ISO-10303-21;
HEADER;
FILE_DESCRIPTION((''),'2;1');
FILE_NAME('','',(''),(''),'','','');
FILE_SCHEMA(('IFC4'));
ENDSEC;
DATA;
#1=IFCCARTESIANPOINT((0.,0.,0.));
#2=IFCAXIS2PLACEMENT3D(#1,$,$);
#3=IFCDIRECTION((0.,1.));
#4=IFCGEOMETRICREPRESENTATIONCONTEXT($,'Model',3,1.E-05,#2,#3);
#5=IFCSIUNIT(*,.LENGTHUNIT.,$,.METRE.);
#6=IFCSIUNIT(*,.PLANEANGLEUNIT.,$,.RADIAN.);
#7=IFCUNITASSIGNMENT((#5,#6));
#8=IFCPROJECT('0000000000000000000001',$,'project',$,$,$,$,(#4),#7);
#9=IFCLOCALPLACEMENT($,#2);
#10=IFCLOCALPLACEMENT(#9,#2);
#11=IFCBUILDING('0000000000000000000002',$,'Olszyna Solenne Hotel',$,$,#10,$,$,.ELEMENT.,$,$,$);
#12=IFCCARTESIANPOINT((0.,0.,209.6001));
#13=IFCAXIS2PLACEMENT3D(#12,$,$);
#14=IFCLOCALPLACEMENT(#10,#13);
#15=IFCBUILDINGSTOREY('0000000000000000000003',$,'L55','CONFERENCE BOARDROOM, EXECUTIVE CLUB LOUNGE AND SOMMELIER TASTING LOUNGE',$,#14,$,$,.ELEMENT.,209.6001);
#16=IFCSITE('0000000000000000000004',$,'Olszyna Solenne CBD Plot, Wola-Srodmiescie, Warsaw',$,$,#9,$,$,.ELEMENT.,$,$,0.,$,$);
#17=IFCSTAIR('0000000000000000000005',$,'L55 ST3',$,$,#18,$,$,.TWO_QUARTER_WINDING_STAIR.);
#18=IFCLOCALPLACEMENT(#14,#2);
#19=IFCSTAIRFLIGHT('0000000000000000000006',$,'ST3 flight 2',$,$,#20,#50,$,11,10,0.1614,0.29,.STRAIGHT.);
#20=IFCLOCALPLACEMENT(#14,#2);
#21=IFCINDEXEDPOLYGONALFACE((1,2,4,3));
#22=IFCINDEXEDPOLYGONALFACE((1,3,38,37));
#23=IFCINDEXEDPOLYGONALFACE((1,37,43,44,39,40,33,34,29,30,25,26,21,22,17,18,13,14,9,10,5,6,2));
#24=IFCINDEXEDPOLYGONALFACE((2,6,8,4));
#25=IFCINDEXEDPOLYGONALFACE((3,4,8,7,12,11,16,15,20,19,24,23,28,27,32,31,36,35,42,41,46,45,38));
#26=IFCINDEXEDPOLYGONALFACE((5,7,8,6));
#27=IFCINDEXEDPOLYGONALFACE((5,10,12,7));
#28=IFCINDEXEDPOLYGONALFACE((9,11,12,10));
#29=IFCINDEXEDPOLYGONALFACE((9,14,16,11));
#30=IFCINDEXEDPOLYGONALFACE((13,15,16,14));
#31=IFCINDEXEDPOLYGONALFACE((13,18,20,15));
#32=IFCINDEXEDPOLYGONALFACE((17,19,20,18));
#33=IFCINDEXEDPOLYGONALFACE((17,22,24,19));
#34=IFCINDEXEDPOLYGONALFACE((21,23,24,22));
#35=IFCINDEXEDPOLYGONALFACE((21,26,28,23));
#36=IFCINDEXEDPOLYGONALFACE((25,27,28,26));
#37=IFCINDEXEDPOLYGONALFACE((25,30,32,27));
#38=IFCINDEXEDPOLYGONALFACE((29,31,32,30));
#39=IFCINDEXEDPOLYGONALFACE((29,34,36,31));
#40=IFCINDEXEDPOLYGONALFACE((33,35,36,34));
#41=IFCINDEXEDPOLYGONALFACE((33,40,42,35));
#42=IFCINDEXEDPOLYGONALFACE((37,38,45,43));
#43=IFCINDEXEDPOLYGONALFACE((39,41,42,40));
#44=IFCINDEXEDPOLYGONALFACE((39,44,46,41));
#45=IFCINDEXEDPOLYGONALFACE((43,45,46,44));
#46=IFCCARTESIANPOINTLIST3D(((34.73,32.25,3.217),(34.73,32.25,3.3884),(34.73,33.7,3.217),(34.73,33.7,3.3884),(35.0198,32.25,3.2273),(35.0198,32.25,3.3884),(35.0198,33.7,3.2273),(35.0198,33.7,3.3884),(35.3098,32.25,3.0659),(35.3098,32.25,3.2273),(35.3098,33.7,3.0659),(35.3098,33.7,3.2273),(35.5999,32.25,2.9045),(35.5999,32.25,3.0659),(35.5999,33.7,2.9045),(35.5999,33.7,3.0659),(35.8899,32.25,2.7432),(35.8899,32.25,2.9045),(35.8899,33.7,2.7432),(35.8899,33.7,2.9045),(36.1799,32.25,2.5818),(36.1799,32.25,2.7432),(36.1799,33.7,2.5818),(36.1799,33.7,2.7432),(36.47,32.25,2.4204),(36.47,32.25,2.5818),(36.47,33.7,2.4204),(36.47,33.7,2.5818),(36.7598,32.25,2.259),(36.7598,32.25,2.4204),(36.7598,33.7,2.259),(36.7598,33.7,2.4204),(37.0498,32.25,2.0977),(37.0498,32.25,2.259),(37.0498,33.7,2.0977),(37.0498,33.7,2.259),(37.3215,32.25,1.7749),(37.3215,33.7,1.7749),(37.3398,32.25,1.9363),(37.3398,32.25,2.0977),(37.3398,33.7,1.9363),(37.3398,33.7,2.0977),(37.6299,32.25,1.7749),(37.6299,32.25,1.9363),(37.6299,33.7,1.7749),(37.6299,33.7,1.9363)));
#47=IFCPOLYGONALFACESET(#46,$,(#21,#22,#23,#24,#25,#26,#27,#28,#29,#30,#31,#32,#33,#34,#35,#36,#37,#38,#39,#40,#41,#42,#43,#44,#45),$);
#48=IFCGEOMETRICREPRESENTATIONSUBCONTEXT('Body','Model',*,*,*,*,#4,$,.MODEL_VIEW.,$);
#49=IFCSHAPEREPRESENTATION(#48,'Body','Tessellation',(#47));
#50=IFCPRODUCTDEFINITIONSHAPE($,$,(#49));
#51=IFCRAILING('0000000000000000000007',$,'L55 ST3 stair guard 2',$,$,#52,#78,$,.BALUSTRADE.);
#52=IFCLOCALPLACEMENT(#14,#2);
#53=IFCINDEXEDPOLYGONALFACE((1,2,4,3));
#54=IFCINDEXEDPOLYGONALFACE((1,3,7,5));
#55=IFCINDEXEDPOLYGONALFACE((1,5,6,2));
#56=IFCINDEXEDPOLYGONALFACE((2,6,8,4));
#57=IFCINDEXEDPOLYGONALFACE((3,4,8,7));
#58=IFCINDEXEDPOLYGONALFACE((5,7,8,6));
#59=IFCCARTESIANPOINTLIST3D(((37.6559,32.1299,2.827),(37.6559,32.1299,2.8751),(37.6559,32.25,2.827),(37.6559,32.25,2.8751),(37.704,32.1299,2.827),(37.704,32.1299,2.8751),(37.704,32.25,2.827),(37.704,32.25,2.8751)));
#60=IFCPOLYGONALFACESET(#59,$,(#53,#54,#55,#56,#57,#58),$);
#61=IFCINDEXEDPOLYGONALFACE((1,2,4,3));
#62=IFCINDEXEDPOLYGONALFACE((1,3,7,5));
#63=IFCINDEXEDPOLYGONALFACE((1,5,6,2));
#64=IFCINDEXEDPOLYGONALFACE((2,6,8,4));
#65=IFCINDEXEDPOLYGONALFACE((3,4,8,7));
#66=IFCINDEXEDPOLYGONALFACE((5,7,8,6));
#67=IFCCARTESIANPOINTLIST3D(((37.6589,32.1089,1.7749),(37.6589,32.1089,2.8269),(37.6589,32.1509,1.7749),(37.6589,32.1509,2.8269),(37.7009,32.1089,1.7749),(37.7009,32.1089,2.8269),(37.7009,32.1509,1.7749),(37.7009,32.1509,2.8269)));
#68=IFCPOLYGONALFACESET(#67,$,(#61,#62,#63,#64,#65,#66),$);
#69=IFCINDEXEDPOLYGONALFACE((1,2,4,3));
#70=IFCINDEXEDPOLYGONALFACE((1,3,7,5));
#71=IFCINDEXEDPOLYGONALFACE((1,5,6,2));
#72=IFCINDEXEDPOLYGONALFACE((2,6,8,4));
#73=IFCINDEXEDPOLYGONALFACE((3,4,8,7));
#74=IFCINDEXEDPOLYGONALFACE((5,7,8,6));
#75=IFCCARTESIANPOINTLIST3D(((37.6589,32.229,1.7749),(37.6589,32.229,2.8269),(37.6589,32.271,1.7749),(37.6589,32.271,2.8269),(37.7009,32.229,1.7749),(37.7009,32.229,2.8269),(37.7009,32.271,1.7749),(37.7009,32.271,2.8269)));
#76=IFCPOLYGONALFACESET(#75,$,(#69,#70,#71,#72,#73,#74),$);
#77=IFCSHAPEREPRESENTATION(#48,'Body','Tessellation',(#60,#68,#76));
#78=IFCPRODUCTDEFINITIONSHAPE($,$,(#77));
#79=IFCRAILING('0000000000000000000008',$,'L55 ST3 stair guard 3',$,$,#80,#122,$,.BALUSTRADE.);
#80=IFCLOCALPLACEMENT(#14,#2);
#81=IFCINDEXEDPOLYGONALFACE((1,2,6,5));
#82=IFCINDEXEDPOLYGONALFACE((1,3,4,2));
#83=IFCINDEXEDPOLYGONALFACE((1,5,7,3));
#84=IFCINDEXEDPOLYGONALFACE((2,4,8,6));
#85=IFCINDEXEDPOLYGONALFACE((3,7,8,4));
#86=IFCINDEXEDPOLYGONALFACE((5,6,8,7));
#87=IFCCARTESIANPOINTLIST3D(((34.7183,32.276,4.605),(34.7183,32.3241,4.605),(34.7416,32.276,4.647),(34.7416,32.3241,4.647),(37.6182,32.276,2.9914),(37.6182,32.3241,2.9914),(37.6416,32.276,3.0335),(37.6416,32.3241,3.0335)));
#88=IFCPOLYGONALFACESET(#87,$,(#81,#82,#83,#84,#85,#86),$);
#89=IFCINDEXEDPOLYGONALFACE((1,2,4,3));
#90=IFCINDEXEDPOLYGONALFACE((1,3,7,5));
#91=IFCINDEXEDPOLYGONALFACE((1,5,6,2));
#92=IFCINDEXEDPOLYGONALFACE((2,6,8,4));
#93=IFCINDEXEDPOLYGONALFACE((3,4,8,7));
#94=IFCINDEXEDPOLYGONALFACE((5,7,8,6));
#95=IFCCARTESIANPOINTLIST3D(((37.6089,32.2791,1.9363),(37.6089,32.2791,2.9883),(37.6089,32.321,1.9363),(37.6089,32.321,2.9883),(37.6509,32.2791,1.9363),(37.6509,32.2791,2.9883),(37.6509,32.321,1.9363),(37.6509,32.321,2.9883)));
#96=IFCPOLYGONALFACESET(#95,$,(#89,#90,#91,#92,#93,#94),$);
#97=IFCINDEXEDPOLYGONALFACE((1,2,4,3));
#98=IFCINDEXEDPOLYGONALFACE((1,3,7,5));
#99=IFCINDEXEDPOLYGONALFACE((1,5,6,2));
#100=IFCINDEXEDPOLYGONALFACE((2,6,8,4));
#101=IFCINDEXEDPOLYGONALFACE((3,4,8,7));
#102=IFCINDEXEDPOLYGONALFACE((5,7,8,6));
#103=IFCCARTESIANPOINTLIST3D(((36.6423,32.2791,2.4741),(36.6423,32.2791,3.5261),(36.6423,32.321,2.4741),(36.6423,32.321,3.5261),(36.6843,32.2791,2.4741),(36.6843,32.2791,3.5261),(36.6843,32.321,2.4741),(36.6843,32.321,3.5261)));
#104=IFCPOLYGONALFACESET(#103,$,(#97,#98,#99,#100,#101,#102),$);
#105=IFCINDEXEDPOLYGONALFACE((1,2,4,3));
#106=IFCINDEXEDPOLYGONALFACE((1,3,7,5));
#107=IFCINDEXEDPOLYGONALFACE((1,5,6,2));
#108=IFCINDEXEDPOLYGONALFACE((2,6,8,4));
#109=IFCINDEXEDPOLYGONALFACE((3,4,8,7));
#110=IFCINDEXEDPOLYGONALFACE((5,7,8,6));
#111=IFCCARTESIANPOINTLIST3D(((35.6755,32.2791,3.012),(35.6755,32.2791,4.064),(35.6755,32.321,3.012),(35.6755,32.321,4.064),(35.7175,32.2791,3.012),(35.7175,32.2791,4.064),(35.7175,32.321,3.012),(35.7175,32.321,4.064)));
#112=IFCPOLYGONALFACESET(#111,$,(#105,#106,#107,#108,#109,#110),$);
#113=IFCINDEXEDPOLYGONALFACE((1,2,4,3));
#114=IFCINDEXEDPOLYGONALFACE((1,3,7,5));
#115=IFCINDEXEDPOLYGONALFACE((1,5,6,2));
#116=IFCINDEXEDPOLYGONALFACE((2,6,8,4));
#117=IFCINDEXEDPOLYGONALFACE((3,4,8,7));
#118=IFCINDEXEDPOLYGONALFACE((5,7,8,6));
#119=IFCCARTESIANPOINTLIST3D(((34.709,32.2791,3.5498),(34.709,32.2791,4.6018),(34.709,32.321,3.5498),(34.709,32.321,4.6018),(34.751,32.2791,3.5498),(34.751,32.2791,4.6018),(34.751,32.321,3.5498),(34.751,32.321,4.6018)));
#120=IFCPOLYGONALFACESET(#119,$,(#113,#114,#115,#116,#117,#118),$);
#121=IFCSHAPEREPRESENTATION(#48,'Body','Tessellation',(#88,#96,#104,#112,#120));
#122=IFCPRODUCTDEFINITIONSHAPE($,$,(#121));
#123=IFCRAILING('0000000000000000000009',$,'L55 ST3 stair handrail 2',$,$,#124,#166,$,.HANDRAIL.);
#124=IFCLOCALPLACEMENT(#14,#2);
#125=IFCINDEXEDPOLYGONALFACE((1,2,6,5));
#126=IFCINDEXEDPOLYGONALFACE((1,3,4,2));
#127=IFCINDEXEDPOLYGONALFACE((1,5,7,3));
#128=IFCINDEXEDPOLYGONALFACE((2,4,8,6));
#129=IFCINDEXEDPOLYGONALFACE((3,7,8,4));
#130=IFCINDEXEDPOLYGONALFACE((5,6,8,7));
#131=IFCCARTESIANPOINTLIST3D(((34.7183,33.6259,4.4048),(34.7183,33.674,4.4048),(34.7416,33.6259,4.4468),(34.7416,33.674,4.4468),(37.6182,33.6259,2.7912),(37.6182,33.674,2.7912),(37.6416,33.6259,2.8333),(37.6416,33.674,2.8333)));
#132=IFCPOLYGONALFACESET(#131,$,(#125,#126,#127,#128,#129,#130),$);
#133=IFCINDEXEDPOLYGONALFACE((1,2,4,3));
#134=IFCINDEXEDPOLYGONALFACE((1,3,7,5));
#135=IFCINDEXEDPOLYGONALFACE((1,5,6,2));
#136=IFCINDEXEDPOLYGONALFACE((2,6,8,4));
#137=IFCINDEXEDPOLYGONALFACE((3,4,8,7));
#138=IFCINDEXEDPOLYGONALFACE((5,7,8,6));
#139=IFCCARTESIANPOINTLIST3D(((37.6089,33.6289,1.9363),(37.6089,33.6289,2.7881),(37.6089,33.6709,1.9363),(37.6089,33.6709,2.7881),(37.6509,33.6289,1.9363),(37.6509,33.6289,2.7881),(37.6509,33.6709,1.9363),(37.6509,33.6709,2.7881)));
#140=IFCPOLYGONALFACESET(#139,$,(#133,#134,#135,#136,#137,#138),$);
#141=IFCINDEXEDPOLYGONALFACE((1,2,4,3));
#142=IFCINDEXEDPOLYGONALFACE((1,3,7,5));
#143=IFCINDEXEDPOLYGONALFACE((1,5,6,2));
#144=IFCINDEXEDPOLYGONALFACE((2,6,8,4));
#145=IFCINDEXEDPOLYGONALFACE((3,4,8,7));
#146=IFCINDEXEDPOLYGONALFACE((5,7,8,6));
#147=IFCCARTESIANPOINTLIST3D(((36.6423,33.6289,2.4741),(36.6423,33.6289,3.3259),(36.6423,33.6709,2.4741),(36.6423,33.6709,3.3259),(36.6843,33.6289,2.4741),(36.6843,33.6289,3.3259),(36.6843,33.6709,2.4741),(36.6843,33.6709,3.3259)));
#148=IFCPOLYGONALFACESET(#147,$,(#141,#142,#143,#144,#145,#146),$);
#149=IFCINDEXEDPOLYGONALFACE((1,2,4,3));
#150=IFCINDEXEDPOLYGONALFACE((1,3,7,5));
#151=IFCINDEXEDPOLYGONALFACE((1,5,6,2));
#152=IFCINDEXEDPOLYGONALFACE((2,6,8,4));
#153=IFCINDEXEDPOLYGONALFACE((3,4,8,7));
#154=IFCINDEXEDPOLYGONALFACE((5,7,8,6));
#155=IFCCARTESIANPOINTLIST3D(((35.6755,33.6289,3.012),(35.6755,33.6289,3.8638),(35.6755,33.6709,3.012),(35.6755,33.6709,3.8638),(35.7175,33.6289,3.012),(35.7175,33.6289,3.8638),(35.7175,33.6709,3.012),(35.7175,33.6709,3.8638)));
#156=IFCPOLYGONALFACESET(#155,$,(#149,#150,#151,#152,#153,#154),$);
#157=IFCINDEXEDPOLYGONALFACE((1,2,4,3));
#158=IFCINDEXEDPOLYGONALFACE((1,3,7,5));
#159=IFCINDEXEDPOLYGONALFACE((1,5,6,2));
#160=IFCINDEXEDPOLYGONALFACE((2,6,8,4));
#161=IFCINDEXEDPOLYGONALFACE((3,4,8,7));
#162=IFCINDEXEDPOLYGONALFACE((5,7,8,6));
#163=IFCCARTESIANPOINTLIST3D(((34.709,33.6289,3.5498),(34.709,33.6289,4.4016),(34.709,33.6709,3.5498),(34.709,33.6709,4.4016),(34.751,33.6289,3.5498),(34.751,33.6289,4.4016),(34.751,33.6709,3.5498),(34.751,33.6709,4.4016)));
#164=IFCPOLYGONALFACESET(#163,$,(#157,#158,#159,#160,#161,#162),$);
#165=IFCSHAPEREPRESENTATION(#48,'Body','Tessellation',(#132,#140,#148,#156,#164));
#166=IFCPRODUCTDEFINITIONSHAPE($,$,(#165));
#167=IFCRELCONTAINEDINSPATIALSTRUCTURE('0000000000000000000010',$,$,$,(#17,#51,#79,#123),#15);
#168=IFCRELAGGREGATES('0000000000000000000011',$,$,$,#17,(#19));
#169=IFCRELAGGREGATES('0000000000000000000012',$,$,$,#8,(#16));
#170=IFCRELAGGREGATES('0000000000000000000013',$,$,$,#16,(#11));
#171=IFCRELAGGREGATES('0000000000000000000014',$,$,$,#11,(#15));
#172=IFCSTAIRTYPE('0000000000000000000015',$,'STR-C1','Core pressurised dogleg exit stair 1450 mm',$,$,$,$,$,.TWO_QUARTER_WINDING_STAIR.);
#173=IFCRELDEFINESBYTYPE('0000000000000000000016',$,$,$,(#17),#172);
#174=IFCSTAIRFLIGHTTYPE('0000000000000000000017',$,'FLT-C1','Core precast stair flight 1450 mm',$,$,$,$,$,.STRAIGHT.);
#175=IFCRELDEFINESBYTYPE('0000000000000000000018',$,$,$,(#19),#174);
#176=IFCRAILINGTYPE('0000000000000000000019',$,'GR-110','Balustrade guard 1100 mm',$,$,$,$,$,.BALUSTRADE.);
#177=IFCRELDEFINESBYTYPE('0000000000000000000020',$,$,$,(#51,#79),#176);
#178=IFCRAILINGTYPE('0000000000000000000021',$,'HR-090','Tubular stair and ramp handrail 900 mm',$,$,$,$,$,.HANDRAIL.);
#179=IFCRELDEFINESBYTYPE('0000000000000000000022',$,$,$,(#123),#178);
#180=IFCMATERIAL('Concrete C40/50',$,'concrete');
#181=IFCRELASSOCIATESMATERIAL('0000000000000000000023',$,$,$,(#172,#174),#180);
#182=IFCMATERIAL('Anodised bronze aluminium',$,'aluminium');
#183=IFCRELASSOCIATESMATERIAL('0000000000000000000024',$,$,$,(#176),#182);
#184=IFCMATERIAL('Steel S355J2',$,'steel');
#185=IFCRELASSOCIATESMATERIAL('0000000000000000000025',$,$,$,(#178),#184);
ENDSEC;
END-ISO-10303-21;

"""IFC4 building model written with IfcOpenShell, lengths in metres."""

from ifc_helpers import new_model, si_unit, direction, frame, origin, origin_2d, place, context, subcontext, project, spatial, polyline, rectangle, outline, extrude, material, type_object, element, aggregate, save


model = new_model("IFC4")

# Units and contexts
model_context = context("Model", 3, precision=1e-05, world=origin(), true_north=direction((0.0, 1.0)))
body_context = subcontext(model_context, "Body", "Model", "MODEL_VIEW")
ifc_project = project(units=[si_unit("LENGTHUNIT", "METRE"), si_unit("PLANEANGLEUNIT", "RADIAN")], contexts=[model_context])

# Site, building, storey
site_placement = place(None, origin())
site = spatial("IfcSite", under=ifc_project, at=site_placement, Name="Olszyna Solenne CBD Plot, Wola-Srodmiescie, Warsaw", CompositionType="ELEMENT", RefElevation=0.0)
building_placement = place(site_placement, origin())
building = spatial("IfcBuilding", under=site, at=building_placement, Name="Olszyna Solenne Hotel", CompositionType="ELEMENT")
storey_placement = place(building_placement, frame((0.0, 0.0, 209.6001)))
storey = spatial("IfcBuildingStorey", under=building, at=storey_placement, Name="L55", Description="CONFERENCE BOARDROOM, EXECUTIVE CLUB LOUNGE AND SOMMELIER TASTING LOUNGE", CompositionType="ELEMENT", Elevation=209.6001)

# Shared definitions
ifc_material_1 = material(Name="Steel S355J2", Category="steel")

# Stair, stair flight
ifc_material_2 = material(Name="Concrete C40/50", Category="concrete")
stair_type = type_object("IfcStairType", Name="STR-C1", Description="Core pressurised dogleg exit stair 1450 mm", PredefinedType="TWO_QUARTER_WINDING_STAIR", material=ifc_material_2)
stair_placement = place(storey_placement, origin())
stair = element("IfcStair", 1, at=stair_placement, inside=storey, type_object=stair_type, Name="L55 ST3", PredefinedType="TWO_QUARTER_WINDING_STAIR")
stair_flight_type = type_object("IfcStairFlightType", Name="FLT-C1", Description="Core precast stair flight 1450 mm", PredefinedType="STRAIGHT", material=ifc_material_2)
stair_flight_placement = place(storey_placement, frame((37.6299, 32.9751, 1.7749), z_axis=(0.0, 0.0, 1.0), x_axis=(-1.0, 0.0, 0.0)))
stair_flight = element("IfcStairFlight", 2, at=stair_flight_placement, type_object=stair_flight_type, Name="ST3 flight 2", NumberOfRisers=11, NumberOfTreads=10, PredefinedType="STRAIGHT", RiserHeight=0.1614, TreadLength=0.29, context=body_context, shape_type="SweptSolid", body=[
    extrude(outline(polyline([(0.0, 0.0), (0.0, 0.1614), (0.29, 0.1614), (0.29, 0.3228), (0.5801, 0.3228), (0.5801, 0.4841), (0.8701, 0.4841), (0.8701, 0.6455), (1.1599, 0.6455), (1.1599, 0.8069), (1.45, 0.8069), (1.45, 0.9683), (1.74, 0.9683), (1.74, 1.1296), (2.03, 1.1296), (2.03, 1.291), (2.3201, 1.291), (2.3201, 1.4524), (2.6101, 1.4524), (2.6101, 1.6135), (2.8999, 1.6135), (2.8999, 1.7749), (2.8999, 1.4421), (0.3083, 0.0), (0.0, 0.0)])), frame((0.0, 0.7251, 0.0), z_axis=(0.0, -1.0, 0.0), x_axis=(1.0, 0.0, 0.0)), (0.0, 0.0, 1.0), 1.45),
])
aggregate(stair, [stair_flight])

# Railings
ifc_material_3 = material(Name="Anodised bronze aluminium", Category="aluminium")
railing_type_1 = type_object("IfcRailingType", Name="GR-110", Description="Balustrade guard 1100 mm", PredefinedType="BALUSTRADE", material=ifc_material_3)
railing_1_placement = place(storey_placement, frame((37.6799, 32.1299, 1.7749)))
element("IfcRailing", 3, at=railing_1_placement, inside=storey, type_object=railing_type_1, Name="L55 ST3 stair guard 2", PredefinedType="BALUSTRADE", context=body_context, shape_type="SweptSolid", body=[
    extrude(rectangle(XDim=0.0481, YDim=0.0481, at=origin_2d()), frame((0.0, 0.0, 1.0762), z_axis=(0.0, 1.0, 0.0), x_axis=(-1.0, 0.0, 0.0)), (0.0, 0.0, 1.0), 0.1201),
    extrude(rectangle(XDim=0.042, YDim=0.042, at=origin_2d()), origin(), (0.0, 0.0, 1.0), 1.052),
    extrude(rectangle(XDim=0.042, YDim=0.042, at=origin_2d()), frame((0.0, 0.1201, 0.0)), (0.0, 0.0, 1.0), 1.052),
])
railing_2_placement = place(storey_placement, frame((37.6299, 32.3, 1.9363)))
element("IfcRailing", 4, at=railing_2_placement, inside=storey, type_object=railing_type_1, Name="L55 ST3 stair guard 3", PredefinedType="BALUSTRADE", context=body_context, shape_type="SweptSolid", body=[
    extrude(rectangle(XDim=0.0481, YDim=0.0481, at=origin_2d()), frame((0.0, 0.0, 1.0762), z_axis=(-0.873841, 0.0, 0.486211), x_axis=(0.0, -1.0, 0.0)), (0.0, 0.0, 1.0), 3.3186),
    extrude(rectangle(XDim=0.042, YDim=0.042, at=origin_2d()), origin(), (0.0, 0.0, 1.0), 1.052),
    extrude(rectangle(XDim=0.042, YDim=0.042, at=origin_2d()), frame((-0.9666, 0.0, 0.5378)), (0.0, 0.0, 1.0), 1.052),
    extrude(rectangle(XDim=0.042, YDim=0.042, at=origin_2d()), frame((-1.9333, 0.0, 1.0757)), (0.0, 0.0, 1.0), 1.052),
    extrude(rectangle(XDim=0.042, YDim=0.042, at=origin_2d()), frame((-2.8999, 0.0, 1.6135)), (0.0, 0.0, 1.0), 1.052),
])
railing_type_2 = type_object("IfcRailingType", Name="HR-090", Description="Tubular stair and ramp handrail 900 mm", PredefinedType="HANDRAIL", material=ifc_material_1)
railing_3_placement = place(storey_placement, frame((37.6299, 33.6499, 1.9363)))
element("IfcRailing", 5, at=railing_3_placement, inside=storey, type_object=railing_type_2, Name="L55 ST3 stair handrail 2", PredefinedType="HANDRAIL", context=body_context, shape_type="SweptSolid", body=[
    extrude(rectangle(XDim=0.0481, YDim=0.0481, at=origin_2d()), frame((0.0, 0.0, 0.876), z_axis=(-0.873841, 0.0, 0.486211), x_axis=(0.0, -1.0, 0.0)), (0.0, 0.0, 1.0), 3.3186),
    extrude(rectangle(XDim=0.042, YDim=0.042, at=origin_2d()), origin(), (0.0, 0.0, 1.0), 0.8518),
    extrude(rectangle(XDim=0.042, YDim=0.042, at=origin_2d()), frame((-0.9666, 0.0, 0.5378)), (0.0, 0.0, 1.0), 0.8518),
    extrude(rectangle(XDim=0.042, YDim=0.042, at=origin_2d()), frame((-1.9333, 0.0, 1.0757)), (0.0, 0.0, 1.0), 0.8518),
    extrude(rectangle(XDim=0.042, YDim=0.042, at=origin_2d()), frame((-2.8999, 0.0, 1.6135)), (0.0, 0.0, 1.0), 0.8518),
])

save(model, "model.ifc")
